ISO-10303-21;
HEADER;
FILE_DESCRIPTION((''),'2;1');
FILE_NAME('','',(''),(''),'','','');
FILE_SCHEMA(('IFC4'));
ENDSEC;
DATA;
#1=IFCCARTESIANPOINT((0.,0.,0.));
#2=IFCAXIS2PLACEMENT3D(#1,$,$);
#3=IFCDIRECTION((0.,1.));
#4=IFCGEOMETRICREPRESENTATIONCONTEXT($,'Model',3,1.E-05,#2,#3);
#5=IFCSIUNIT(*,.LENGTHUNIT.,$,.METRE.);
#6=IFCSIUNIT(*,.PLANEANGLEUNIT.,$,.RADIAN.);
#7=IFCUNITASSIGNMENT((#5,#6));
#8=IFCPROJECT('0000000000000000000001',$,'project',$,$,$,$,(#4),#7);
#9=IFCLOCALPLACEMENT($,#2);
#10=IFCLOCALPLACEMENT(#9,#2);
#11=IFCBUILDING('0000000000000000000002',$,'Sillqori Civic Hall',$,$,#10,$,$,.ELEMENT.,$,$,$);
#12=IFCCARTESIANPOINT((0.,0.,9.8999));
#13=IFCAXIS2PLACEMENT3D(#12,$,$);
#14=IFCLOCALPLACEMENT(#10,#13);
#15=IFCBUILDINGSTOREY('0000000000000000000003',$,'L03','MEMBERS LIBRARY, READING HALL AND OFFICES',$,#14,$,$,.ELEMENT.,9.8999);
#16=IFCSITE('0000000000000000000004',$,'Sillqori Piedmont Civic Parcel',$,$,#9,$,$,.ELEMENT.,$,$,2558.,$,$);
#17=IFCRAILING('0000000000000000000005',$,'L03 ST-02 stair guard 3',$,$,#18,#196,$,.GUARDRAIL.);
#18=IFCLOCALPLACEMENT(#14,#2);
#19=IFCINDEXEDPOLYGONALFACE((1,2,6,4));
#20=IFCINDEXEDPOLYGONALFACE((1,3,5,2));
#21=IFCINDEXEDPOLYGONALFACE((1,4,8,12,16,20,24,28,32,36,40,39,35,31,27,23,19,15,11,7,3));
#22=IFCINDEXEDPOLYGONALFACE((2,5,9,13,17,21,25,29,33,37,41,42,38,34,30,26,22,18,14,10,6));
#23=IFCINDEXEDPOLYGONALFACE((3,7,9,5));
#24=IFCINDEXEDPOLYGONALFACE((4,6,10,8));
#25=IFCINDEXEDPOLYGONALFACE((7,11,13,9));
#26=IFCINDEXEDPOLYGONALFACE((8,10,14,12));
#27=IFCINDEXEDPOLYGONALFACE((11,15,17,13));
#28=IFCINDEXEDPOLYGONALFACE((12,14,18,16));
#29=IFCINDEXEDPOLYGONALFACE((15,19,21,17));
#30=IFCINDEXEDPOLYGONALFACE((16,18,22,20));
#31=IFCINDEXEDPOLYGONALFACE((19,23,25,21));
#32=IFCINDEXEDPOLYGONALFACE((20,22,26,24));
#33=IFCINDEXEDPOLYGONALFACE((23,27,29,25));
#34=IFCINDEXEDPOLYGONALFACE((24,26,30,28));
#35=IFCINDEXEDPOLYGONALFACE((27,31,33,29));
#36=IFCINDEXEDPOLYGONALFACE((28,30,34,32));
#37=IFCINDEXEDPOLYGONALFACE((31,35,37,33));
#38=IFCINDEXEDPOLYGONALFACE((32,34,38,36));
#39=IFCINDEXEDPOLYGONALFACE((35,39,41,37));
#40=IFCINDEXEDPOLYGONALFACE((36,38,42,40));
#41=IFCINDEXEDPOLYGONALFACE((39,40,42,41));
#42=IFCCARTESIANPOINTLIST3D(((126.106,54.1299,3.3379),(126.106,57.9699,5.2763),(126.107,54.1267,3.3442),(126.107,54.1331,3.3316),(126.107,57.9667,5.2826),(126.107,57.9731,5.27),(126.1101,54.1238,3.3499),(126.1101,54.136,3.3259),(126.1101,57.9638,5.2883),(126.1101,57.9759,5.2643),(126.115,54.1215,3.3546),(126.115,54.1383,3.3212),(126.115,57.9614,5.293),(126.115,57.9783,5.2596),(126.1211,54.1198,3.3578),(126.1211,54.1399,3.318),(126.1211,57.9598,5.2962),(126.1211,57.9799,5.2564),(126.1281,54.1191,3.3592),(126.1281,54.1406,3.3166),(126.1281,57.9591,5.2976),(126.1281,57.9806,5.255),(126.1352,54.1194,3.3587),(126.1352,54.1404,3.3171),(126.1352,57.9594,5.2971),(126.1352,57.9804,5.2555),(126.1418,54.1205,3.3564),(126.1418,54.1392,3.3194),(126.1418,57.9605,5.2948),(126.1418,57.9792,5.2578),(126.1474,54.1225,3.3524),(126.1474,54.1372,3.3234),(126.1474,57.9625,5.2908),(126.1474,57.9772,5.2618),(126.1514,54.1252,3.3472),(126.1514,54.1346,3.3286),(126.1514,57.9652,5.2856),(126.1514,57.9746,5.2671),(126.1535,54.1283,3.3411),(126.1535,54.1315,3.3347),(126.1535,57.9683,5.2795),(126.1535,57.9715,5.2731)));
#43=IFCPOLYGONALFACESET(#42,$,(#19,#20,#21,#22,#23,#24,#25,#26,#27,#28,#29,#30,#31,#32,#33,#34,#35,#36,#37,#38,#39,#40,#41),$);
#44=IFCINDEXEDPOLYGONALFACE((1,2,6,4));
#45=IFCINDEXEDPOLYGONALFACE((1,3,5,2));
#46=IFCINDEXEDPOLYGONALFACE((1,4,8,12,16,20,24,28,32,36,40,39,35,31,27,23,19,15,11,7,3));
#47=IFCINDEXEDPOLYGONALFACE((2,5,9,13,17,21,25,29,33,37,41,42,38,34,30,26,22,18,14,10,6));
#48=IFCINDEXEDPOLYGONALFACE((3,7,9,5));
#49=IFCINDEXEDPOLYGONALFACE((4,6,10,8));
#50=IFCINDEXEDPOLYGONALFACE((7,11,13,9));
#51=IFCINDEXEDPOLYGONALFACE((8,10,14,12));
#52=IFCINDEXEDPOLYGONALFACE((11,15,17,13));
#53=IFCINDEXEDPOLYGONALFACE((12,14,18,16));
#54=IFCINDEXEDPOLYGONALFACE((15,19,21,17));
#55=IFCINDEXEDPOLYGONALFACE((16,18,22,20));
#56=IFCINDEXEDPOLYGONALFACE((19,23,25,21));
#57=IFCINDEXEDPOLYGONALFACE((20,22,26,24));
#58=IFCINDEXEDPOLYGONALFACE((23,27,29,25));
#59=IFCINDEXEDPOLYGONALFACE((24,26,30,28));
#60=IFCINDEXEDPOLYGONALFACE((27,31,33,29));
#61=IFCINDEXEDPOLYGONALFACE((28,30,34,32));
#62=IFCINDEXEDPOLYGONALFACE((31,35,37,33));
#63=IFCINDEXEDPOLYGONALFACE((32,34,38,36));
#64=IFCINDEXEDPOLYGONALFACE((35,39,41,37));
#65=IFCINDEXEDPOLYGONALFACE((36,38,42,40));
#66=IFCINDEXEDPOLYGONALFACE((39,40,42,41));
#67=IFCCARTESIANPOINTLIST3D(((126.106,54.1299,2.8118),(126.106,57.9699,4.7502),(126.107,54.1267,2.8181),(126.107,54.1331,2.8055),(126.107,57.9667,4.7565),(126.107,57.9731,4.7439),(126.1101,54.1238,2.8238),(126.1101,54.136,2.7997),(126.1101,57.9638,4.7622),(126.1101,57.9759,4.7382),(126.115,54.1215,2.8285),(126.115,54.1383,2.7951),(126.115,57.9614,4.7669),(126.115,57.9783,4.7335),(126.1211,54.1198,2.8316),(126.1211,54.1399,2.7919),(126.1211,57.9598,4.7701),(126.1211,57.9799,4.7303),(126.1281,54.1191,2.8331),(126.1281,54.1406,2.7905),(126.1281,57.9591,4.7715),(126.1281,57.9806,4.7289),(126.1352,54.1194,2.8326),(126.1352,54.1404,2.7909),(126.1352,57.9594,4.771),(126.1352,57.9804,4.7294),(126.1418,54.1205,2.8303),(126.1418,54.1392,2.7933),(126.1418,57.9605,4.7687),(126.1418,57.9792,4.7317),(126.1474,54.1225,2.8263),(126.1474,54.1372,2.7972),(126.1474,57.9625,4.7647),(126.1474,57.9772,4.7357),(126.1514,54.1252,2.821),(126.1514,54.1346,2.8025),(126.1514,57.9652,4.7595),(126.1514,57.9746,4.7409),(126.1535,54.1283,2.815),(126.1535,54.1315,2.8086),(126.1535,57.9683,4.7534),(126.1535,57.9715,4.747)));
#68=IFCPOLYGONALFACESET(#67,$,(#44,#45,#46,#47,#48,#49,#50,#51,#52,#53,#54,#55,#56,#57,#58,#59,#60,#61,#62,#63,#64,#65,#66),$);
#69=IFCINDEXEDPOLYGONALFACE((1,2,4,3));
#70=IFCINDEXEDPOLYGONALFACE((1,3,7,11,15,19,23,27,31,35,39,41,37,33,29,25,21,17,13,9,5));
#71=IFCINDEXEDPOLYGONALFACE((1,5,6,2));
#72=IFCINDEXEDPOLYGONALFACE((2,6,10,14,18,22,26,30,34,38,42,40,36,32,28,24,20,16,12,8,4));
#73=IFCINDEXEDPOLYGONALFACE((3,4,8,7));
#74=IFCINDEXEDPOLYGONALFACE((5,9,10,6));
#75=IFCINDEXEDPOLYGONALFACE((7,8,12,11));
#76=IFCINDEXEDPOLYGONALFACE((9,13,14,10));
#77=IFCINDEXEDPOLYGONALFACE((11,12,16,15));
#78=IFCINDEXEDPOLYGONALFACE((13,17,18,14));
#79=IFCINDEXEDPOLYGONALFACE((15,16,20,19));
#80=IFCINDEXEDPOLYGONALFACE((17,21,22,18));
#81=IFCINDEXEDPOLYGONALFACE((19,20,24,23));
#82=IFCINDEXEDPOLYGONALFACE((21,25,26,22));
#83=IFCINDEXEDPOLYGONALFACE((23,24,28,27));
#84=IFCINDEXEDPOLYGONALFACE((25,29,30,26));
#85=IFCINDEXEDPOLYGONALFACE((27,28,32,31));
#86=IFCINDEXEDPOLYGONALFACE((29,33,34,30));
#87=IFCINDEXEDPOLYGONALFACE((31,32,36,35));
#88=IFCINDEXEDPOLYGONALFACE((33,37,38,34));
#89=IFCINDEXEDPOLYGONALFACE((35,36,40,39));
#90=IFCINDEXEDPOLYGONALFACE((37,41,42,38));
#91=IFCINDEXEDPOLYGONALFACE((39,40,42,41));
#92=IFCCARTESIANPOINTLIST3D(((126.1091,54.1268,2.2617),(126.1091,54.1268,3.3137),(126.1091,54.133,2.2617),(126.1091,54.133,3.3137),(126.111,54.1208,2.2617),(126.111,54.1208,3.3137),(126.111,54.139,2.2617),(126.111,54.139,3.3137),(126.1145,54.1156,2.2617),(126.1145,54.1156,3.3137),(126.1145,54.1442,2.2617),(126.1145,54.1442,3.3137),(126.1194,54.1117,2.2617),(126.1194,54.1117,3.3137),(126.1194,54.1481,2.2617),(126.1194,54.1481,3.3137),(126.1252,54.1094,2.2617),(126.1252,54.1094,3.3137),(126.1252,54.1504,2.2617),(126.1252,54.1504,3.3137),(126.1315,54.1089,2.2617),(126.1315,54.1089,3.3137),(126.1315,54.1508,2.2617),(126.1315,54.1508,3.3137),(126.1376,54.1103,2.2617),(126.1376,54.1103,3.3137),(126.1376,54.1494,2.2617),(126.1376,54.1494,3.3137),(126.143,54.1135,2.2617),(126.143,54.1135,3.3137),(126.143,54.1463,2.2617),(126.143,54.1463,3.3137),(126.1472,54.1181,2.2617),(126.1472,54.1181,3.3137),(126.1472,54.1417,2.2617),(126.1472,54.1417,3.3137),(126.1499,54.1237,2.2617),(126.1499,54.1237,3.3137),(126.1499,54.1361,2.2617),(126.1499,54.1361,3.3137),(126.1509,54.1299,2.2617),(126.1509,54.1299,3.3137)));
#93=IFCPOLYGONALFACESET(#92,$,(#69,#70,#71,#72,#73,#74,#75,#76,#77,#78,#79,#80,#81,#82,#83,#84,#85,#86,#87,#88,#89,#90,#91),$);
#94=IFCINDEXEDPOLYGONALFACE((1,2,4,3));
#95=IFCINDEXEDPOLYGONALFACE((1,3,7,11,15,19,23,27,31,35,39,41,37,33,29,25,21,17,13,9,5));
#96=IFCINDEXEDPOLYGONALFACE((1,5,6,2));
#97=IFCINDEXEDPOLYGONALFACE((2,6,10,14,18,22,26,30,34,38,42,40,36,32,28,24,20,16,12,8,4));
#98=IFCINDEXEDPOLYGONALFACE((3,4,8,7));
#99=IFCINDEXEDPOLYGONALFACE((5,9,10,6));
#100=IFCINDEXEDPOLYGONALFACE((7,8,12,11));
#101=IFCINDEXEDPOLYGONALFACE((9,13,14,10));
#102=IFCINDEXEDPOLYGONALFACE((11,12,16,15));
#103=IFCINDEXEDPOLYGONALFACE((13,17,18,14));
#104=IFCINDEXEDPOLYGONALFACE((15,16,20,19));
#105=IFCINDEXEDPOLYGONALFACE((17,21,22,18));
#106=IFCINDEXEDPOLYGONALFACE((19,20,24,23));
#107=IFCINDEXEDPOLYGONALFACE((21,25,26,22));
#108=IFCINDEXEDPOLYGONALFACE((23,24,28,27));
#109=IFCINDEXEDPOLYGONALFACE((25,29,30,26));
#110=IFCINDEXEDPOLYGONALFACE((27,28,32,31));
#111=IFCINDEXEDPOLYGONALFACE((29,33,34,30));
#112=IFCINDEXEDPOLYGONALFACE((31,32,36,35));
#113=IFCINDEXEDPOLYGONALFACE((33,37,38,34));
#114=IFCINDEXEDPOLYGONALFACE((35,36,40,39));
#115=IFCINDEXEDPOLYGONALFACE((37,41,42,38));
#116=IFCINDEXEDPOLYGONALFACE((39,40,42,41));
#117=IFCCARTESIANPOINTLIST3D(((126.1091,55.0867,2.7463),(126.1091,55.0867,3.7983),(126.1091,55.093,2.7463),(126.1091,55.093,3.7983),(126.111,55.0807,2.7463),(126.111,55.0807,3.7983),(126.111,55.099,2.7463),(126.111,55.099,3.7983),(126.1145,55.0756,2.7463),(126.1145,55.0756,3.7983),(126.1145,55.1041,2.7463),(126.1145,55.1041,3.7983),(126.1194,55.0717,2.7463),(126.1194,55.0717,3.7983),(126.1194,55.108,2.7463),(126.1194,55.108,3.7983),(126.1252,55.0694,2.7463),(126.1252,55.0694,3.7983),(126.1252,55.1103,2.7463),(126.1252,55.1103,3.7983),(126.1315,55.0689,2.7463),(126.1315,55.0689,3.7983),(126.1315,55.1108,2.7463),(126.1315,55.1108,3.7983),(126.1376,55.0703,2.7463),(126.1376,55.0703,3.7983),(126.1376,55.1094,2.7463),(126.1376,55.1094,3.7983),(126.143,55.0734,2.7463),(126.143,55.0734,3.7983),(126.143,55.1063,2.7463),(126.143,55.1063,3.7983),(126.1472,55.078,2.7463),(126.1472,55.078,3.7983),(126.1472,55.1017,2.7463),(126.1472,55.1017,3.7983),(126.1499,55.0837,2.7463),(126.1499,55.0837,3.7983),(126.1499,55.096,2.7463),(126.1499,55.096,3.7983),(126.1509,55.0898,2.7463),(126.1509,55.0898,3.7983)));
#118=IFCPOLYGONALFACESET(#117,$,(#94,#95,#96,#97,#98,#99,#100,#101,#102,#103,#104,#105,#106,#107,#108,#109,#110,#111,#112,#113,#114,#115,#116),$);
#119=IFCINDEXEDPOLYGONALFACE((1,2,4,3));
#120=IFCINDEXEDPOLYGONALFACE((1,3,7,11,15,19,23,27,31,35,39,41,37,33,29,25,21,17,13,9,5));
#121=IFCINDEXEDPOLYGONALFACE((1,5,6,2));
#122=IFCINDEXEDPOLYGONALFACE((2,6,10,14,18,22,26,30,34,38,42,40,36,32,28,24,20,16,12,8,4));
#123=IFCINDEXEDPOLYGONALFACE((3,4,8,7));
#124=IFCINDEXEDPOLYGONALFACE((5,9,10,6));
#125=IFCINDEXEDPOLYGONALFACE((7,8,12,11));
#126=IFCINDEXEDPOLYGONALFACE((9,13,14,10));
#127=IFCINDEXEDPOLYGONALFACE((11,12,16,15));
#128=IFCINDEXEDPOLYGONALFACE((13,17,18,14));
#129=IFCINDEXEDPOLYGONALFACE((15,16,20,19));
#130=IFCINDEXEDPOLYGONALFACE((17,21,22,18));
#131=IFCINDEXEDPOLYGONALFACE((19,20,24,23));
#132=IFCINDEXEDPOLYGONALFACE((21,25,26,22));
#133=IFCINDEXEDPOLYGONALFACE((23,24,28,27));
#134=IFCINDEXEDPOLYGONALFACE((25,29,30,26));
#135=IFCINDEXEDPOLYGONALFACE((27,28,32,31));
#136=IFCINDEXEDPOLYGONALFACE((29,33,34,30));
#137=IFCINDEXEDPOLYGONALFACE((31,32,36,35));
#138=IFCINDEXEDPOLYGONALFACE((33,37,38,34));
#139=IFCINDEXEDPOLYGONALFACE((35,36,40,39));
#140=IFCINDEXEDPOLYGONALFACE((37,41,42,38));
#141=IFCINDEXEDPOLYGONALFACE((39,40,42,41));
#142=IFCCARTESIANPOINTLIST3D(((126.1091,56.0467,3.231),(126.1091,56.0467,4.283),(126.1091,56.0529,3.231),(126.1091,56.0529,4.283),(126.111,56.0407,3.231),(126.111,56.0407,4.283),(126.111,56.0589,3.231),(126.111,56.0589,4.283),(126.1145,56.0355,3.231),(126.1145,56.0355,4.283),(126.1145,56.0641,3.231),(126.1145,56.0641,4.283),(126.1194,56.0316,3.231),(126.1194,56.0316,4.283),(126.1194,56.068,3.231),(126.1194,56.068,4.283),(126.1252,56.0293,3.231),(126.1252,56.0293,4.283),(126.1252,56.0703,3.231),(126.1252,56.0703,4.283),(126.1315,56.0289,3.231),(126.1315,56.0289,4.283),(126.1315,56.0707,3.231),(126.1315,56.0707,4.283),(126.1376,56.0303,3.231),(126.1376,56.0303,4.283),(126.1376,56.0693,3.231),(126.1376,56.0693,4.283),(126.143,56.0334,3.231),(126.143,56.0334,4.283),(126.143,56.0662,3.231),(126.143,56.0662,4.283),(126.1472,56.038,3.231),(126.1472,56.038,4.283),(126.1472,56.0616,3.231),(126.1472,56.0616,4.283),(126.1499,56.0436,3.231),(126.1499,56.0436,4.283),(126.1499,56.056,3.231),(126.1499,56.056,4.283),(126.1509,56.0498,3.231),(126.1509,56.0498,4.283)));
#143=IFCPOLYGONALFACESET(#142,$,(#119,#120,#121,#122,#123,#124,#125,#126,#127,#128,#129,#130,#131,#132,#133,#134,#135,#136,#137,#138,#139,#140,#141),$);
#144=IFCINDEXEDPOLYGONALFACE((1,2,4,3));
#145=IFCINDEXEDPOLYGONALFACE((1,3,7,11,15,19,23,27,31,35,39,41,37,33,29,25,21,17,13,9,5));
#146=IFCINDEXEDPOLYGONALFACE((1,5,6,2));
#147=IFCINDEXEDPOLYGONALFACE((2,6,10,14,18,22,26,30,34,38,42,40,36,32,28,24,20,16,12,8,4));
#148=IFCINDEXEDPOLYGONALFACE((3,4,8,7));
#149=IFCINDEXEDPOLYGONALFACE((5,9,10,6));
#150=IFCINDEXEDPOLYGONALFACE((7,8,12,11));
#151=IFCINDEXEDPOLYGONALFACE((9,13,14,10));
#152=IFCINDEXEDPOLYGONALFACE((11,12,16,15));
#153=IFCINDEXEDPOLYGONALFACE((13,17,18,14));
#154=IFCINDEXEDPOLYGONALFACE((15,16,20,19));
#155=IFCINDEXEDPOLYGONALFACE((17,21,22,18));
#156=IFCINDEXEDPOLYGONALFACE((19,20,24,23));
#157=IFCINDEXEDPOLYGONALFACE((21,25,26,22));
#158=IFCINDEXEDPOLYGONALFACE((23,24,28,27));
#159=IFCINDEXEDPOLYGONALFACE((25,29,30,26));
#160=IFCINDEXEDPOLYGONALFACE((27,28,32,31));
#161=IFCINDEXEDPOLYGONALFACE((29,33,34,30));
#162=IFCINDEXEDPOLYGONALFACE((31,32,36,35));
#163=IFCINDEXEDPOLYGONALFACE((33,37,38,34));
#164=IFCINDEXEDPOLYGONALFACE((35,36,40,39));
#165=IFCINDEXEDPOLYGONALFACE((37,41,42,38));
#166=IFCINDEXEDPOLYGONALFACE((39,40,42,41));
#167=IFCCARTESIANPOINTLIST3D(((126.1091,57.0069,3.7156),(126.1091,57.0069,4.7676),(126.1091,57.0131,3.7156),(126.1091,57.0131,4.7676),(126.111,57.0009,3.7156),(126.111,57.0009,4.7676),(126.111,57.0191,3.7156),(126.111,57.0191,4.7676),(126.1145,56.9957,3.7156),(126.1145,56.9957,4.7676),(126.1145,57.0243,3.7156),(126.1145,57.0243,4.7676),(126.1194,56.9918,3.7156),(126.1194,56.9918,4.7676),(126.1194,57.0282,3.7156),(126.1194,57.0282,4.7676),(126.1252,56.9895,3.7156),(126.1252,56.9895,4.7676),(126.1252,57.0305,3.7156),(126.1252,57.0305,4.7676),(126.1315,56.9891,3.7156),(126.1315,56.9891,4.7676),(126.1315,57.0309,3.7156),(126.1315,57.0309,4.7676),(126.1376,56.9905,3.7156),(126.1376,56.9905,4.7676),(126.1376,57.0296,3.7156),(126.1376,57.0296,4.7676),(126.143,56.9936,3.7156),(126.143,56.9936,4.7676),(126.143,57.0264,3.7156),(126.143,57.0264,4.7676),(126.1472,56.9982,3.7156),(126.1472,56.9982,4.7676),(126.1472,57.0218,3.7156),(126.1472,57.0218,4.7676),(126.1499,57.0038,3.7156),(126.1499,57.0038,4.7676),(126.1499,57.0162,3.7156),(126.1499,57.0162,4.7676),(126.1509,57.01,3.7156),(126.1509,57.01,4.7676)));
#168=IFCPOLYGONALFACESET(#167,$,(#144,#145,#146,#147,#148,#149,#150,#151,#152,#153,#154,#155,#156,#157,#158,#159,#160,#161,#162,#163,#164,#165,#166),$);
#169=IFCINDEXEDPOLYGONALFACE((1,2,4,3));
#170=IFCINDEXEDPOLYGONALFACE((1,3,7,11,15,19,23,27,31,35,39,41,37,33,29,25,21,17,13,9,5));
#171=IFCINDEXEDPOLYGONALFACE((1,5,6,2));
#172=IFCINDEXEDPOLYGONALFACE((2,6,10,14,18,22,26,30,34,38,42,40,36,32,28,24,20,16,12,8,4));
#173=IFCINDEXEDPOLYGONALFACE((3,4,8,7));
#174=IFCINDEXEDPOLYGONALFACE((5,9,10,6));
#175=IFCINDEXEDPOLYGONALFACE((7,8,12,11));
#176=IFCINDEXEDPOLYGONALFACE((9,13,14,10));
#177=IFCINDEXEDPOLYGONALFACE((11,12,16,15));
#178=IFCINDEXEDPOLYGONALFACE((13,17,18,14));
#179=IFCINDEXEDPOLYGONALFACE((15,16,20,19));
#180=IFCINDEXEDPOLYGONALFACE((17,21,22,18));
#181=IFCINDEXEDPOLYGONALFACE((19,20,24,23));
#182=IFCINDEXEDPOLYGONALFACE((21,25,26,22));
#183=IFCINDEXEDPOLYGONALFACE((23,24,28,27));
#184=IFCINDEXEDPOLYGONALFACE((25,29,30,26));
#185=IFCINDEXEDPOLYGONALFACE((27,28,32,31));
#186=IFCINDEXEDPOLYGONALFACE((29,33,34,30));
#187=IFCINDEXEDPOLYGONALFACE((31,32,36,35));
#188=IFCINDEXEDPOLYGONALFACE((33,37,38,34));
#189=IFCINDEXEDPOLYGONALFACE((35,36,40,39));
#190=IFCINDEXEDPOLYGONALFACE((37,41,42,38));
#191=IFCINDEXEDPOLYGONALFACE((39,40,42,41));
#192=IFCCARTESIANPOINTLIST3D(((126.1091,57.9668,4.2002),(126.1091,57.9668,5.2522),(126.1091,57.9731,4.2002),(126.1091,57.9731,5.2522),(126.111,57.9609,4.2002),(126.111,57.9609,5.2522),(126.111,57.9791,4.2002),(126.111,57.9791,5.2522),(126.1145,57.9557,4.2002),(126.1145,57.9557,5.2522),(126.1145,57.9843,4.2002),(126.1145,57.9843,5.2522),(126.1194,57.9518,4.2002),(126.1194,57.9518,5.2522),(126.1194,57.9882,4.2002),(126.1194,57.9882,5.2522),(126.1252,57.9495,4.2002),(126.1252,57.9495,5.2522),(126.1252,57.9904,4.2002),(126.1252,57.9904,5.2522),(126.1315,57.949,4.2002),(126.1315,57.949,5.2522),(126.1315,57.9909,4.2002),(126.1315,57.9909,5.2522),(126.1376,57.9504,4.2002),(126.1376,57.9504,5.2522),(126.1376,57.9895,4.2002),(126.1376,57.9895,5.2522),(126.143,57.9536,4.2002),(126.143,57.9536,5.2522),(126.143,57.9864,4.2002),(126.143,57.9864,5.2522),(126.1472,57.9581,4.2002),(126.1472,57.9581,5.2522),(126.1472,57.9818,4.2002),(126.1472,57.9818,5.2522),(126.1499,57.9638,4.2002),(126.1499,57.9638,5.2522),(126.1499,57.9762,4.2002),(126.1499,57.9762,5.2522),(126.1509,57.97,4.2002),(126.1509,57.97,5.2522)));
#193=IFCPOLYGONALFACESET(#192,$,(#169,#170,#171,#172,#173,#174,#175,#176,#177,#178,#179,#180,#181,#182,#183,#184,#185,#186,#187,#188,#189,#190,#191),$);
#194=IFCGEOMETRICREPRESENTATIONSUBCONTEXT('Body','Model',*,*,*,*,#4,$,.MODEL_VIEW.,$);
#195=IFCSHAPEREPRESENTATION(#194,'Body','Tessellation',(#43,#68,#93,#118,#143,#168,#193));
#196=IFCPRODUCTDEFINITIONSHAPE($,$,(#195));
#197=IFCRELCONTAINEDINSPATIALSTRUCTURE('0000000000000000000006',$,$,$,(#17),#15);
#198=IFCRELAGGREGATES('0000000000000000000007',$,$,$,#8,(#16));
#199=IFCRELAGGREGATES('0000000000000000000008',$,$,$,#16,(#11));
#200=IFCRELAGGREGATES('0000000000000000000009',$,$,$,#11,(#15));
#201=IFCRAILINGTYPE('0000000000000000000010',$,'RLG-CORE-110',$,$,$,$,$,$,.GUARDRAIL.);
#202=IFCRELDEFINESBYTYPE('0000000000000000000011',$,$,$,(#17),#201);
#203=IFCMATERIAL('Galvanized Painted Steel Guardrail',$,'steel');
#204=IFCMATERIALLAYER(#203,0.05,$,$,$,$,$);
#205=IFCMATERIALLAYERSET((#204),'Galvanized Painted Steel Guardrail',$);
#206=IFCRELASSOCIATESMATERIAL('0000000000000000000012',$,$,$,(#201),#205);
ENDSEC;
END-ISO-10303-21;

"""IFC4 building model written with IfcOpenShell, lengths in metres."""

from ifc_helpers import new_model, si_unit, direction, frame, origin, origin_2d, place, context, subcontext, project, spatial, circle, extrude, material, layer, layer_set, type_object, element, save


model = new_model("IFC4")

# Units and contexts
model_context = context("Model", 3, precision=1e-05, world=origin(), true_north=direction((0.0, 1.0)))
body_context = subcontext(model_context, "Body", "Model", "MODEL_VIEW")
ifc_project = project(units=[si_unit("LENGTHUNIT", "METRE"), si_unit("PLANEANGLEUNIT", "RADIAN")], contexts=[model_context])

# Site, building, storey
site_placement = place(None, origin())
site = spatial("IfcSite", under=ifc_project, at=site_placement, Name="Sillqori Piedmont Civic Parcel", CompositionType="ELEMENT", RefElevation=2558.0)
building_placement = place(site_placement, origin())
building = spatial("IfcBuilding", under=site, at=building_placement, Name="Sillqori Civic Hall", CompositionType="ELEMENT")
storey_placement = place(building_placement, frame((0.0, 0.0, 9.8999)))
storey = spatial("IfcBuildingStorey", under=building, at=storey_placement, Name="L03", Description="MEMBERS LIBRARY, READING HALL AND OFFICES", CompositionType="ELEMENT", Elevation=9.8999)

# Railing
ifc_material_1 = material(Name="Galvanized Painted Steel Guardrail", Category="steel")
ifc_layer_1 = layer(ifc_material_1, 0.05)
ifc_layer_set_1 = layer_set([ifc_layer_1], Name="Galvanized Painted Steel Guardrail")
railing_type_1 = type_object("IfcRailingType", Name="RLG-CORE-110", PredefinedType="GUARDRAIL", material=ifc_layer_set_1)
railing_1_placement = place(storey_placement, frame((126.1299, 54.1299, 2.2617)))
element("IfcRailing", 1, at=railing_1_placement, inside=storey, type_object=railing_type_1, Name="L03 ST-02 stair guard 3", PredefinedType="GUARDRAIL", context=body_context, shape_type="SweptSolid", body=[
    extrude(circle(Radius=0.0239, at=origin_2d()), frame((0.0, 0.0, 1.0762), z_axis=(0.0, 0.892707, 0.450638), x_axis=(-1.0, 0.0, 0.0)), (0.0, 0.0, 1.0), 4.3015),
    extrude(circle(Radius=0.0239, at=origin_2d()), frame((0.0, 0.0, 0.55), z_axis=(0.0, 0.892707, 0.450638), x_axis=(-1.0, 0.0, 0.0)), (0.0, 0.0, 1.0), 4.3015),
    extrude(circle(Radius=0.021, at=origin_2d()), origin(), (0.0, 0.0, 1.0), 1.052),
    extrude(circle(Radius=0.021, at=origin_2d()), frame((0.0, 0.96, 0.4846)), (0.0, 0.0, 1.0), 1.052),
    extrude(circle(Radius=0.021, at=origin_2d()), frame((0.0, 1.9199, 0.9692)), (0.0, 0.0, 1.0), 1.052),
    extrude(circle(Radius=0.021, at=origin_2d()), frame((0.0, 2.8801, 1.4539)), (0.0, 0.0, 1.0), 1.052),
    extrude(circle(Radius=0.021, at=origin_2d()), frame((0.0, 3.8401, 1.9385)), (0.0, 0.0, 1.0), 1.052),
])

save(model, "model.ifc")
